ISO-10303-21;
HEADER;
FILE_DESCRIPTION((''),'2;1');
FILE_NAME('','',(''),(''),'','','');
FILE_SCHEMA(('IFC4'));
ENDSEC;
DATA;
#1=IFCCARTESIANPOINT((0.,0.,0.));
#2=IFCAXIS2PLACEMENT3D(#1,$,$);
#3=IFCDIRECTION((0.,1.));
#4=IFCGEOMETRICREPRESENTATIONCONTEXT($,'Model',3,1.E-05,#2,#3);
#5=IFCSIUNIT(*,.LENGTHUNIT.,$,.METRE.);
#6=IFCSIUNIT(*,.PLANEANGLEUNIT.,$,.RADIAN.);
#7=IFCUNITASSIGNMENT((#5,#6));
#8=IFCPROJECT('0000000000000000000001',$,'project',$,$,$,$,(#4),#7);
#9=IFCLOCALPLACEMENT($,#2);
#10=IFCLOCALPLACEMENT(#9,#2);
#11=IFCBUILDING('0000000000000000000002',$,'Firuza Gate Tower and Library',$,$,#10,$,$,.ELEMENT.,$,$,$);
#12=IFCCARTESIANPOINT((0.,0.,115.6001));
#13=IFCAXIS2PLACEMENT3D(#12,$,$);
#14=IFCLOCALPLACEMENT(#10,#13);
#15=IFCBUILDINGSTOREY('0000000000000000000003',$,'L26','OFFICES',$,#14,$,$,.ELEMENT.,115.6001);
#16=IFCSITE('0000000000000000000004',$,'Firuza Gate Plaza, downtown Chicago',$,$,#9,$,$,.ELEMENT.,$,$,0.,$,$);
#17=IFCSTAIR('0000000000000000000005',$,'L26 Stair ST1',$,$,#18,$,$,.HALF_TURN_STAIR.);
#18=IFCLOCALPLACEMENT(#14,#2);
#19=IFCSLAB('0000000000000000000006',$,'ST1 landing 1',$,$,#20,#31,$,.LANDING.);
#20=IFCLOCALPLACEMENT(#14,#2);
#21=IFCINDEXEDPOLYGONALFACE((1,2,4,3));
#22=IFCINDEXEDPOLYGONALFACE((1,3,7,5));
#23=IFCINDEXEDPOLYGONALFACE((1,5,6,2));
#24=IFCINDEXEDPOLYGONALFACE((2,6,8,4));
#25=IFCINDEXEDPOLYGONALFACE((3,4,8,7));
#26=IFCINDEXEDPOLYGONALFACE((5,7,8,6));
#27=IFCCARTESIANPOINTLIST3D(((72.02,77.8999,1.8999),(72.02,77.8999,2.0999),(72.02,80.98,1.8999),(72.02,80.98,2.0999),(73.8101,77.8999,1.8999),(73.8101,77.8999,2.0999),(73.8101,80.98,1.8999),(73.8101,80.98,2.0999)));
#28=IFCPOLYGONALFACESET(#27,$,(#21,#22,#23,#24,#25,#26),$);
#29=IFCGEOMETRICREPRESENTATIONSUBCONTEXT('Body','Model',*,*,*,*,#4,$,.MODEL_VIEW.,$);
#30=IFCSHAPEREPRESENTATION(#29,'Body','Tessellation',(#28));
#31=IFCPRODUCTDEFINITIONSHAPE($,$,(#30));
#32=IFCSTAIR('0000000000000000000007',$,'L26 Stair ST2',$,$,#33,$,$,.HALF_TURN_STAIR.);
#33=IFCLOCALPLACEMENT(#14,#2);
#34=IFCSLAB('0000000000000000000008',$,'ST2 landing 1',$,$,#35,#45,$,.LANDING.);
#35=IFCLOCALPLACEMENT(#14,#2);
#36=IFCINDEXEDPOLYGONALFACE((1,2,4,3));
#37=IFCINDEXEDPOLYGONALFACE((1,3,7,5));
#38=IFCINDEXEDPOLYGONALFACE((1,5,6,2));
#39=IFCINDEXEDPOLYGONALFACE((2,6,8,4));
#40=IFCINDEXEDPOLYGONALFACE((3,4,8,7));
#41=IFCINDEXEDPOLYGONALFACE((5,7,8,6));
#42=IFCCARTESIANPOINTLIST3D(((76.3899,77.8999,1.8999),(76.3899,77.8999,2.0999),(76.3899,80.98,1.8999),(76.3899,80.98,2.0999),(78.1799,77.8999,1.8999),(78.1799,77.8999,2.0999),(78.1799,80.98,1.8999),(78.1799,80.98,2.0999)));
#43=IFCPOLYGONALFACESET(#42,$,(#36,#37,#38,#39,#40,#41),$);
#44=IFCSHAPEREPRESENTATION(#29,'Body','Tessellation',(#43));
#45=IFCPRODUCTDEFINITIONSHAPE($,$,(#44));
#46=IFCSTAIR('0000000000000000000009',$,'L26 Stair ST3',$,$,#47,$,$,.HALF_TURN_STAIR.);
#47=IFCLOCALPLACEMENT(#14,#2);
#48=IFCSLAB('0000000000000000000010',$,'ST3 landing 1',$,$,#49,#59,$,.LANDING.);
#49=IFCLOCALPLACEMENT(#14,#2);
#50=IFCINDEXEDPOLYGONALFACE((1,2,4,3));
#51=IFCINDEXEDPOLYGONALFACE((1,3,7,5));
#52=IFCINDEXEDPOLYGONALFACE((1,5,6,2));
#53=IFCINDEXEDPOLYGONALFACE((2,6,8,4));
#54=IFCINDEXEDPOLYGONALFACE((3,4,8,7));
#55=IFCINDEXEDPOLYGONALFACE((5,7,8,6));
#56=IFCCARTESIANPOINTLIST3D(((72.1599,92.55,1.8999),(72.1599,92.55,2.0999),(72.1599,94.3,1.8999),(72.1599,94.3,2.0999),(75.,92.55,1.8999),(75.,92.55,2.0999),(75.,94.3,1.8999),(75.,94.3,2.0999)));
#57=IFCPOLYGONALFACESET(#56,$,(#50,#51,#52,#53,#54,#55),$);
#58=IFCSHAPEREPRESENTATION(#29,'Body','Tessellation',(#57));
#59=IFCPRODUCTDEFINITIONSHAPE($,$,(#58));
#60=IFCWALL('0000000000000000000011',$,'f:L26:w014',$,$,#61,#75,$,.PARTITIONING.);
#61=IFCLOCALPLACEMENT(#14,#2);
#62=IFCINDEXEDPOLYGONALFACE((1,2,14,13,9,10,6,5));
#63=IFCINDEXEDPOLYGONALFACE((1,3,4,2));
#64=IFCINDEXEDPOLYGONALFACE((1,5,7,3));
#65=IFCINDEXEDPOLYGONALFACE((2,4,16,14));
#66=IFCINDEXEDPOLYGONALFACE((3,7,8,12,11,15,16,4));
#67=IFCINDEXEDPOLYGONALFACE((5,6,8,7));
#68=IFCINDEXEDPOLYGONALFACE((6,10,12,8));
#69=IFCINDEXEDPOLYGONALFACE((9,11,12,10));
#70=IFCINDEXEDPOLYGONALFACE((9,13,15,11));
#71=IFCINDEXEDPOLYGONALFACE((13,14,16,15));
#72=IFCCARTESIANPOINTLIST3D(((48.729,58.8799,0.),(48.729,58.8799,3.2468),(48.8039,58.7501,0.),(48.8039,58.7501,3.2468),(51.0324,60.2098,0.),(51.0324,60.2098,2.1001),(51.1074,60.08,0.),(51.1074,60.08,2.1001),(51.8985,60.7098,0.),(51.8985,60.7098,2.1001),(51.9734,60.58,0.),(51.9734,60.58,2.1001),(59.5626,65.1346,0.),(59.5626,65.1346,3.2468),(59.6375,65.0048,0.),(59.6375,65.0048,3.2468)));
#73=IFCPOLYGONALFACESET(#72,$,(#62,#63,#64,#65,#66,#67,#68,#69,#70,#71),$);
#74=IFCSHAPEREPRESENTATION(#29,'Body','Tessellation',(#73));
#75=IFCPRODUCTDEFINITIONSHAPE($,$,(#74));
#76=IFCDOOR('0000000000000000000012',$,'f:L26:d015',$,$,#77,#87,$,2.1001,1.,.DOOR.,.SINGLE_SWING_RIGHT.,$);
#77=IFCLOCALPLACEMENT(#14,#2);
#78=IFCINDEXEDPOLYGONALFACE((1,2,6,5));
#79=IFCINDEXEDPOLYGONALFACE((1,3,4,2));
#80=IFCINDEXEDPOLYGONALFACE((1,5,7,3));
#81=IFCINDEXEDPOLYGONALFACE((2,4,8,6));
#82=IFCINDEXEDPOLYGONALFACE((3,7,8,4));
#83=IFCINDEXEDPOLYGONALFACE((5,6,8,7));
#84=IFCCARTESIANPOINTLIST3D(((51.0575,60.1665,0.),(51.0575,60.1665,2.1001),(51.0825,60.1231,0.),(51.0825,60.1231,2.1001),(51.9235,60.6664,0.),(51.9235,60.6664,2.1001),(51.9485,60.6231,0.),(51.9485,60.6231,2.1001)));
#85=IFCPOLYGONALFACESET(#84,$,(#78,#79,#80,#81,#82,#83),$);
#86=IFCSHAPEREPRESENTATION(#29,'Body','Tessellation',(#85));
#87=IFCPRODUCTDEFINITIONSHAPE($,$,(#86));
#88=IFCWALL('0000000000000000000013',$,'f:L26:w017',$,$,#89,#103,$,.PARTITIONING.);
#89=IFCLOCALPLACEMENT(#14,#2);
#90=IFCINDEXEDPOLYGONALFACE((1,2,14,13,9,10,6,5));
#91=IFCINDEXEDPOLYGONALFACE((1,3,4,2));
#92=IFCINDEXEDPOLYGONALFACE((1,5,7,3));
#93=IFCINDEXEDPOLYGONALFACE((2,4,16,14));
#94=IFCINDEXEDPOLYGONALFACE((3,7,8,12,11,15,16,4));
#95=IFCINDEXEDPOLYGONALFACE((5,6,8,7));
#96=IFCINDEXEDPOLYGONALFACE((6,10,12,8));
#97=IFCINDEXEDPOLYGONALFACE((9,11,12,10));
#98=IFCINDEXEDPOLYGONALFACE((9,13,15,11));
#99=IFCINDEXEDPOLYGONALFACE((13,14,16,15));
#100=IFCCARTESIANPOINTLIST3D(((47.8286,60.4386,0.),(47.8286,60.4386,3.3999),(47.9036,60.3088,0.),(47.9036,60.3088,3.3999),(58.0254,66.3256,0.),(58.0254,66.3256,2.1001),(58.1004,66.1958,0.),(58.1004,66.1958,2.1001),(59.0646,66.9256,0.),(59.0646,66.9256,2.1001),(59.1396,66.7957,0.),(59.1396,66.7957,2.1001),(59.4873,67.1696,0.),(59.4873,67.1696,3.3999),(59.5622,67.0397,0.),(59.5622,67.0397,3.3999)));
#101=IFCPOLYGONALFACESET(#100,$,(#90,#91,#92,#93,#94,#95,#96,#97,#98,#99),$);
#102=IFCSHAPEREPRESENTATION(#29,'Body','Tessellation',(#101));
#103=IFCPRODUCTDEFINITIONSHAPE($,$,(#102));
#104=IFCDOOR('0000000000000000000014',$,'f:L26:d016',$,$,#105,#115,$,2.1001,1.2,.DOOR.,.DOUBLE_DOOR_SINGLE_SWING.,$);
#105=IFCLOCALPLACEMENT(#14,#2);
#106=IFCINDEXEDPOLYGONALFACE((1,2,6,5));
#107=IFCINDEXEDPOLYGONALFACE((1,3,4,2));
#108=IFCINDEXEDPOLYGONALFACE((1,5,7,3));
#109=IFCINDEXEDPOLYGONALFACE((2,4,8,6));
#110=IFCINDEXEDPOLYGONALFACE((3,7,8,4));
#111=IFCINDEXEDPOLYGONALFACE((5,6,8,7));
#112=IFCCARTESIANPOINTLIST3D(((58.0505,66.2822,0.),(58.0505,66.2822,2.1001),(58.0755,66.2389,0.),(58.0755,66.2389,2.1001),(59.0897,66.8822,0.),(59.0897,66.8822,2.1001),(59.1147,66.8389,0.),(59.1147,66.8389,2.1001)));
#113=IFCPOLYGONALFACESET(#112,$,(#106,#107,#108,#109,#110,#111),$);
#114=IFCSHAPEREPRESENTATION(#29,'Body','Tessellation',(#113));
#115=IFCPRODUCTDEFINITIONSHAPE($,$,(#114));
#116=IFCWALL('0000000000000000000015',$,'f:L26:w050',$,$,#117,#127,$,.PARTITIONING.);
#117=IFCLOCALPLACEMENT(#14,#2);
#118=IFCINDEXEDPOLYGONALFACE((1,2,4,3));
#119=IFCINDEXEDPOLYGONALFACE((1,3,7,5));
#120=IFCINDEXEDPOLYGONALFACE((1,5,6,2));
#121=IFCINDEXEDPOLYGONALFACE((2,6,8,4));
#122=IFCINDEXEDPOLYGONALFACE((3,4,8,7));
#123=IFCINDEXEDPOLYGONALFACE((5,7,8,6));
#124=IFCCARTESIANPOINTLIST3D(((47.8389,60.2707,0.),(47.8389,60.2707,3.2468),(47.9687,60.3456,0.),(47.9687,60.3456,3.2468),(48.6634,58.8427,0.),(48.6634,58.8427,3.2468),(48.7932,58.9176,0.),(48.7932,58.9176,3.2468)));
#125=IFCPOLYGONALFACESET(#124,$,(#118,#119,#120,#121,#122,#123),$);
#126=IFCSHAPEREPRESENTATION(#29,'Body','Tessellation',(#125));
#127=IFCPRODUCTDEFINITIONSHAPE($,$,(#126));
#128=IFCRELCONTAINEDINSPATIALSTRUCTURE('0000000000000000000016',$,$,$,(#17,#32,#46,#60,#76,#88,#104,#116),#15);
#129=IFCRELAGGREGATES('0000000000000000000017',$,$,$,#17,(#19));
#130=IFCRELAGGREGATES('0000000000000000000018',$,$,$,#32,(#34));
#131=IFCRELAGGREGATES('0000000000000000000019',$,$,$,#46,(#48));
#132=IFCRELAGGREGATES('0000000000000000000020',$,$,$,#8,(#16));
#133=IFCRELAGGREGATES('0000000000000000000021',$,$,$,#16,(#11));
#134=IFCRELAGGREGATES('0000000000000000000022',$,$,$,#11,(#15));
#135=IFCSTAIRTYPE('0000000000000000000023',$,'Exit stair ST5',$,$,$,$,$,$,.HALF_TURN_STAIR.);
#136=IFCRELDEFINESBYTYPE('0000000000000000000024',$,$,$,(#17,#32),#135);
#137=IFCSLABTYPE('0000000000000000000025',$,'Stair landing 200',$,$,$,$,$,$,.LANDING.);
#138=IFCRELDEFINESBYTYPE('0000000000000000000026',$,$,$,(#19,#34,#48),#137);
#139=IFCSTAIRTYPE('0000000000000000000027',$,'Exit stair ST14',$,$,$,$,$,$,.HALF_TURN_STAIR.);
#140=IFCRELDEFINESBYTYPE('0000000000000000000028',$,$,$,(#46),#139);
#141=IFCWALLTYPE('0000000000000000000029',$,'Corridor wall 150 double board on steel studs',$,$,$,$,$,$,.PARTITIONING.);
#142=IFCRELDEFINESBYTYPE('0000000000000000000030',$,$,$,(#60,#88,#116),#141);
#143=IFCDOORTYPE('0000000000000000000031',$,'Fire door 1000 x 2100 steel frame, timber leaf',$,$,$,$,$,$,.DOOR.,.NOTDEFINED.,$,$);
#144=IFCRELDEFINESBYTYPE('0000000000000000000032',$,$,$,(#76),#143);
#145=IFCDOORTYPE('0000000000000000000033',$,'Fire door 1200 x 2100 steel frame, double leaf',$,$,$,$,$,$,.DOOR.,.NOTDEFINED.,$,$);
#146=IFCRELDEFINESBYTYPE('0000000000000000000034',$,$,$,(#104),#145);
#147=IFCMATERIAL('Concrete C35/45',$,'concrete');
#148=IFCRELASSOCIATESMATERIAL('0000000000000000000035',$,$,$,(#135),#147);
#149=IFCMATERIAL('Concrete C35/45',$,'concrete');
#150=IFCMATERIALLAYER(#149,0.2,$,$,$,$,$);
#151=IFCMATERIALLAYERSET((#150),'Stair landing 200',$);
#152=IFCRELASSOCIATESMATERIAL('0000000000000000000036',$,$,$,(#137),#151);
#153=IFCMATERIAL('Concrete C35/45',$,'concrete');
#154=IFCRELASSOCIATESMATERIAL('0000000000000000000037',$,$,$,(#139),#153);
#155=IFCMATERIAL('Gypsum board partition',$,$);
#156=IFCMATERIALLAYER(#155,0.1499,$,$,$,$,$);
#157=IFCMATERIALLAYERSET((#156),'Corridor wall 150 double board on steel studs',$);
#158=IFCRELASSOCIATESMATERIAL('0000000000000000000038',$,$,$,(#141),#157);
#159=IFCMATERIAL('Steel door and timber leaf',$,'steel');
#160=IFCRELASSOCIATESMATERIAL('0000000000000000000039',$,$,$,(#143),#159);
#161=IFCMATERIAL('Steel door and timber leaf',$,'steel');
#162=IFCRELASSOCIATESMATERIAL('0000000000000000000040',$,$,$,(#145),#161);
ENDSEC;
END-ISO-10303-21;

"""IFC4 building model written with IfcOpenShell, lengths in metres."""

from ifc_helpers import new_model, si_unit, direction, frame, frame_2d, origin, place, context, subcontext, project, spatial, polyline, rectangle, outline, extrude, material, layer, layer_set, type_object, element, fill, aggregate, save


model = new_model("IFC4")

# Units and contexts
model_context = context("Model", 3, precision=1e-05, world=origin(), true_north=direction((0.0, 1.0)))
body_context = subcontext(model_context, "Body", "Model", "MODEL_VIEW")
ifc_project = project(units=[si_unit("LENGTHUNIT", "METRE"), si_unit("PLANEANGLEUNIT", "RADIAN")], contexts=[model_context])

# Site, building, storey
site_placement = place(None, origin())
site = spatial("IfcSite", under=ifc_project, at=site_placement, Name="Firuza Gate Plaza, downtown Chicago", CompositionType="ELEMENT", RefElevation=0.0)
building_placement = place(site_placement, origin())
building = spatial("IfcBuilding", under=site, at=building_placement, Name="Firuza Gate Tower and Library", CompositionType="ELEMENT")
storey_placement = place(building_placement, frame((0.0, 0.0, 115.6001)))
storey = spatial("IfcBuildingStorey", under=building, at=storey_placement, Name="L26", Description="OFFICES", CompositionType="ELEMENT", Elevation=115.6001)

# Shared definitions
placement_1 = place(storey_placement, origin())

# Stairs, slabs
ifc_material_1 = material(Name="Concrete C35/45", Category="concrete")
stair_type_1 = type_object("IfcStairType", Name="Exit stair ST5", PredefinedType="HALF_TURN_STAIR", material=ifc_material_1)
stair_1 = element("IfcStair", 1, at=placement_1, inside=storey, type_object=stair_type_1, Name="L26 Stair ST1", PredefinedType="HALF_TURN_STAIR")
ifc_material_2 = material(Name="Concrete C35/45", Category="concrete")
ifc_layer_1 = layer(ifc_material_2, 0.2)
ifc_layer_set_1 = layer_set([ifc_layer_1], Name="Stair landing 200")
slab_type_1 = type_object("IfcSlabType", Name="Stair landing 200", PredefinedType="LANDING", material=ifc_layer_set_1)
placement_2 = place(storey_placement, frame((0.0, 0.0, 1.8999)))
slab_1 = element("IfcSlab", 2, at=placement_2, type_object=slab_type_1, Name="ST1 landing 1", PredefinedType="LANDING", context=body_context, shape_type="SweptSolid", body=[
    extrude(outline(polyline([(72.02, 77.8999), (73.8101, 77.8999), (73.8101, 80.98), (72.02, 80.98), (72.02, 77.8999)])), origin(), (0.0, 0.0, 1.0), 0.2),
])
aggregate(stair_1, [slab_1])
stair_2 = element("IfcStair", 3, at=placement_1, inside=storey, type_object=stair_type_1, Name="L26 Stair ST2", PredefinedType="HALF_TURN_STAIR")
slab_2 = element("IfcSlab", 4, at=placement_2, type_object=slab_type_1, Name="ST2 landing 1", PredefinedType="LANDING", context=body_context, shape_type="SweptSolid", body=[
    extrude(outline(polyline([(78.1799, 80.98), (76.3899, 80.98), (76.3899, 77.8999), (78.1799, 77.8999), (78.1799, 80.98)])), origin(), (0.0, 0.0, 1.0), 0.2),
])
aggregate(stair_2, [slab_2])
ifc_material_3 = material(Name="Concrete C35/45", Category="concrete")
stair_type_2 = type_object("IfcStairType", Name="Exit stair ST14", PredefinedType="HALF_TURN_STAIR", material=ifc_material_3)
stair_3 = element("IfcStair", 5, at=placement_1, inside=storey, type_object=stair_type_2, Name="L26 Stair ST3", PredefinedType="HALF_TURN_STAIR")
slab_3 = element("IfcSlab", 6, at=placement_2, type_object=slab_type_1, Name="ST3 landing 1", PredefinedType="LANDING", context=body_context, shape_type="SweptSolid", body=[
    extrude(outline(polyline([(75.0, 92.55), (75.0, 94.3), (72.1599, 94.3), (72.1599, 92.55), (75.0, 92.55)])), origin(), (0.0, 0.0, 1.0), 0.2),
])
aggregate(stair_3, [slab_3])

# Walls, openings, doors
ifc_material_4 = material(Name="Gypsum board partition")
ifc_layer_2 = layer(ifc_material_4, 0.1499)
ifc_layer_set_2 = layer_set([ifc_layer_2], Name="Corridor wall 150 double board on steel studs")
wall_type = type_object("IfcWallType", Name="Corridor wall 150 double board on steel studs", PredefinedType="PARTITIONING", material=ifc_layer_set_2)
wall_1_placement = place(storey_placement, frame((48.7664, 58.8149, 0.0), z_axis=(0.0, 0.0, 1.0), x_axis=(0.866028, 0.499995, 0.0)))
wall_1 = element("IfcWall", 7, at=wall_1_placement, inside=storey, type_object=wall_type, Name="f:L26:w014", PredefinedType="PARTITIONING", context=body_context, shape_type="SweptSolid", body=[
    extrude(rectangle(XDim=12.5095, YDim=0.1499, at=frame_2d((6.2549, 0.0))), origin(), (0.0, 0.0, 1.0), 3.2468),
])
opening_1_placement = place(wall_1_placement, frame((2.6599, 0.0, 0.0)))
opening_1 = element("IfcOpeningElement", 8, at=opening_1_placement, cuts=wall_1, PredefinedType="OPENING", context=body_context, shape_type="SweptSolid", body=[
    extrude(rectangle(XDim=1.0, YDim=2.1001, at=frame_2d((0.5, 1.05))), frame((0.0, 0.085, 0.0), z_axis=(0.0, -1.0, 0.0), x_axis=(1.0, 0.0, 0.0)), (0.0, 0.0, 1.0), 0.1699),
])
ifc_material_5 = material(Name="Steel door and timber leaf", Category="steel")
door_type_1 = type_object("IfcDoorType", Name="Fire door 1000 x 2100 steel frame, timber leaf", OperationType="NOTDEFINED", PredefinedType="DOOR", material=ifc_material_5)
door_1_placement = place(opening_1_placement, origin())
door_1 = element("IfcDoor", 9, at=door_1_placement, inside=storey, type_object=door_type_1, Name="f:L26:d015", OperationType="SINGLE_SWING_RIGHT", OverallHeight=2.1001, OverallWidth=1.0, PredefinedType="DOOR", context=body_context, shape_type="SweptSolid", body=[
    extrude(rectangle(XDim=1.0, YDim=2.1001, at=frame_2d((0.5, 1.05))), frame((0.0, 0.0249, 0.0), z_axis=(0.0, -1.0, 0.0), x_axis=(1.0, 0.0, 0.0)), (0.0, 0.0, 1.0), 0.05),
])
fill(opening_1, door_1)
wall_2_placement = place(storey_placement, frame((47.8662, 60.3738, 0.0), z_axis=(0.0, 0.0, 1.0), x_axis=(0.866032, 0.499989, 0.0)))
wall_2 = element("IfcWall", 10, at=wall_2_placement, inside=storey, type_object=wall_type, Name="f:L26:w017", PredefinedType="PARTITIONING", context=body_context, shape_type="SweptSolid", body=[
    extrude(rectangle(XDim=13.4622, YDim=0.1499, at=frame_2d((6.731, 0.0))), origin(), (0.0, 0.0, 1.0), 3.3999),
])
opening_2_placement = place(wall_2_placement, frame((11.7739, 0.0, 0.0)))
opening_2 = element("IfcOpeningElement", 11, at=opening_2_placement, cuts=wall_2, PredefinedType="OPENING", context=body_context, shape_type="SweptSolid", body=[
    extrude(rectangle(XDim=1.2, YDim=2.1001, at=frame_2d((0.6001, 1.05))), frame((0.0, 0.085, 0.0), z_axis=(0.0, -1.0, 0.0), x_axis=(1.0, 0.0, 0.0)), (0.0, 0.0, 1.0), 0.1699),
])
ifc_material_6 = material(Name="Steel door and timber leaf", Category="steel")
door_type_2 = type_object("IfcDoorType", Name="Fire door 1200 x 2100 steel frame, double leaf", OperationType="NOTDEFINED", PredefinedType="DOOR", material=ifc_material_6)
door_2_placement = place(opening_2_placement, origin())
door_2 = element("IfcDoor", 12, at=door_2_placement, inside=storey, type_object=door_type_2, Name="f:L26:d016", OperationType="DOUBLE_DOOR_SINGLE_SWING", OverallHeight=2.1001, OverallWidth=1.2, PredefinedType="DOOR", context=body_context, shape_type="SweptSolid", body=[
    extrude(rectangle(XDim=1.2, YDim=2.1001, at=frame_2d((0.6001, 1.05))), frame((0.0, 0.0249, 0.0), z_axis=(0.0, -1.0, 0.0), x_axis=(1.0, 0.0, 0.0)), (0.0, 0.0, 1.0), 0.05),
])
fill(opening_2, door_2)

# Wall
wall_3_placement = place(storey_placement, frame((48.7283, 58.8801, 0.0), z_axis=(0.0, 0.0, 1.0), x_axis=(-0.500009, 0.86602, 0.0)))
element("IfcWall", 13, at=wall_3_placement, inside=storey, type_object=wall_type, Name="f:L26:w050", PredefinedType="PARTITIONING", context=body_context, shape_type="SweptSolid", body=[
    extrude(rectangle(XDim=1.6489, YDim=0.1499, at=frame_2d((0.8245, 0.0))), origin(), (0.0, 0.0, 1.0), 3.2468),
])

save(model, "model.ifc")
